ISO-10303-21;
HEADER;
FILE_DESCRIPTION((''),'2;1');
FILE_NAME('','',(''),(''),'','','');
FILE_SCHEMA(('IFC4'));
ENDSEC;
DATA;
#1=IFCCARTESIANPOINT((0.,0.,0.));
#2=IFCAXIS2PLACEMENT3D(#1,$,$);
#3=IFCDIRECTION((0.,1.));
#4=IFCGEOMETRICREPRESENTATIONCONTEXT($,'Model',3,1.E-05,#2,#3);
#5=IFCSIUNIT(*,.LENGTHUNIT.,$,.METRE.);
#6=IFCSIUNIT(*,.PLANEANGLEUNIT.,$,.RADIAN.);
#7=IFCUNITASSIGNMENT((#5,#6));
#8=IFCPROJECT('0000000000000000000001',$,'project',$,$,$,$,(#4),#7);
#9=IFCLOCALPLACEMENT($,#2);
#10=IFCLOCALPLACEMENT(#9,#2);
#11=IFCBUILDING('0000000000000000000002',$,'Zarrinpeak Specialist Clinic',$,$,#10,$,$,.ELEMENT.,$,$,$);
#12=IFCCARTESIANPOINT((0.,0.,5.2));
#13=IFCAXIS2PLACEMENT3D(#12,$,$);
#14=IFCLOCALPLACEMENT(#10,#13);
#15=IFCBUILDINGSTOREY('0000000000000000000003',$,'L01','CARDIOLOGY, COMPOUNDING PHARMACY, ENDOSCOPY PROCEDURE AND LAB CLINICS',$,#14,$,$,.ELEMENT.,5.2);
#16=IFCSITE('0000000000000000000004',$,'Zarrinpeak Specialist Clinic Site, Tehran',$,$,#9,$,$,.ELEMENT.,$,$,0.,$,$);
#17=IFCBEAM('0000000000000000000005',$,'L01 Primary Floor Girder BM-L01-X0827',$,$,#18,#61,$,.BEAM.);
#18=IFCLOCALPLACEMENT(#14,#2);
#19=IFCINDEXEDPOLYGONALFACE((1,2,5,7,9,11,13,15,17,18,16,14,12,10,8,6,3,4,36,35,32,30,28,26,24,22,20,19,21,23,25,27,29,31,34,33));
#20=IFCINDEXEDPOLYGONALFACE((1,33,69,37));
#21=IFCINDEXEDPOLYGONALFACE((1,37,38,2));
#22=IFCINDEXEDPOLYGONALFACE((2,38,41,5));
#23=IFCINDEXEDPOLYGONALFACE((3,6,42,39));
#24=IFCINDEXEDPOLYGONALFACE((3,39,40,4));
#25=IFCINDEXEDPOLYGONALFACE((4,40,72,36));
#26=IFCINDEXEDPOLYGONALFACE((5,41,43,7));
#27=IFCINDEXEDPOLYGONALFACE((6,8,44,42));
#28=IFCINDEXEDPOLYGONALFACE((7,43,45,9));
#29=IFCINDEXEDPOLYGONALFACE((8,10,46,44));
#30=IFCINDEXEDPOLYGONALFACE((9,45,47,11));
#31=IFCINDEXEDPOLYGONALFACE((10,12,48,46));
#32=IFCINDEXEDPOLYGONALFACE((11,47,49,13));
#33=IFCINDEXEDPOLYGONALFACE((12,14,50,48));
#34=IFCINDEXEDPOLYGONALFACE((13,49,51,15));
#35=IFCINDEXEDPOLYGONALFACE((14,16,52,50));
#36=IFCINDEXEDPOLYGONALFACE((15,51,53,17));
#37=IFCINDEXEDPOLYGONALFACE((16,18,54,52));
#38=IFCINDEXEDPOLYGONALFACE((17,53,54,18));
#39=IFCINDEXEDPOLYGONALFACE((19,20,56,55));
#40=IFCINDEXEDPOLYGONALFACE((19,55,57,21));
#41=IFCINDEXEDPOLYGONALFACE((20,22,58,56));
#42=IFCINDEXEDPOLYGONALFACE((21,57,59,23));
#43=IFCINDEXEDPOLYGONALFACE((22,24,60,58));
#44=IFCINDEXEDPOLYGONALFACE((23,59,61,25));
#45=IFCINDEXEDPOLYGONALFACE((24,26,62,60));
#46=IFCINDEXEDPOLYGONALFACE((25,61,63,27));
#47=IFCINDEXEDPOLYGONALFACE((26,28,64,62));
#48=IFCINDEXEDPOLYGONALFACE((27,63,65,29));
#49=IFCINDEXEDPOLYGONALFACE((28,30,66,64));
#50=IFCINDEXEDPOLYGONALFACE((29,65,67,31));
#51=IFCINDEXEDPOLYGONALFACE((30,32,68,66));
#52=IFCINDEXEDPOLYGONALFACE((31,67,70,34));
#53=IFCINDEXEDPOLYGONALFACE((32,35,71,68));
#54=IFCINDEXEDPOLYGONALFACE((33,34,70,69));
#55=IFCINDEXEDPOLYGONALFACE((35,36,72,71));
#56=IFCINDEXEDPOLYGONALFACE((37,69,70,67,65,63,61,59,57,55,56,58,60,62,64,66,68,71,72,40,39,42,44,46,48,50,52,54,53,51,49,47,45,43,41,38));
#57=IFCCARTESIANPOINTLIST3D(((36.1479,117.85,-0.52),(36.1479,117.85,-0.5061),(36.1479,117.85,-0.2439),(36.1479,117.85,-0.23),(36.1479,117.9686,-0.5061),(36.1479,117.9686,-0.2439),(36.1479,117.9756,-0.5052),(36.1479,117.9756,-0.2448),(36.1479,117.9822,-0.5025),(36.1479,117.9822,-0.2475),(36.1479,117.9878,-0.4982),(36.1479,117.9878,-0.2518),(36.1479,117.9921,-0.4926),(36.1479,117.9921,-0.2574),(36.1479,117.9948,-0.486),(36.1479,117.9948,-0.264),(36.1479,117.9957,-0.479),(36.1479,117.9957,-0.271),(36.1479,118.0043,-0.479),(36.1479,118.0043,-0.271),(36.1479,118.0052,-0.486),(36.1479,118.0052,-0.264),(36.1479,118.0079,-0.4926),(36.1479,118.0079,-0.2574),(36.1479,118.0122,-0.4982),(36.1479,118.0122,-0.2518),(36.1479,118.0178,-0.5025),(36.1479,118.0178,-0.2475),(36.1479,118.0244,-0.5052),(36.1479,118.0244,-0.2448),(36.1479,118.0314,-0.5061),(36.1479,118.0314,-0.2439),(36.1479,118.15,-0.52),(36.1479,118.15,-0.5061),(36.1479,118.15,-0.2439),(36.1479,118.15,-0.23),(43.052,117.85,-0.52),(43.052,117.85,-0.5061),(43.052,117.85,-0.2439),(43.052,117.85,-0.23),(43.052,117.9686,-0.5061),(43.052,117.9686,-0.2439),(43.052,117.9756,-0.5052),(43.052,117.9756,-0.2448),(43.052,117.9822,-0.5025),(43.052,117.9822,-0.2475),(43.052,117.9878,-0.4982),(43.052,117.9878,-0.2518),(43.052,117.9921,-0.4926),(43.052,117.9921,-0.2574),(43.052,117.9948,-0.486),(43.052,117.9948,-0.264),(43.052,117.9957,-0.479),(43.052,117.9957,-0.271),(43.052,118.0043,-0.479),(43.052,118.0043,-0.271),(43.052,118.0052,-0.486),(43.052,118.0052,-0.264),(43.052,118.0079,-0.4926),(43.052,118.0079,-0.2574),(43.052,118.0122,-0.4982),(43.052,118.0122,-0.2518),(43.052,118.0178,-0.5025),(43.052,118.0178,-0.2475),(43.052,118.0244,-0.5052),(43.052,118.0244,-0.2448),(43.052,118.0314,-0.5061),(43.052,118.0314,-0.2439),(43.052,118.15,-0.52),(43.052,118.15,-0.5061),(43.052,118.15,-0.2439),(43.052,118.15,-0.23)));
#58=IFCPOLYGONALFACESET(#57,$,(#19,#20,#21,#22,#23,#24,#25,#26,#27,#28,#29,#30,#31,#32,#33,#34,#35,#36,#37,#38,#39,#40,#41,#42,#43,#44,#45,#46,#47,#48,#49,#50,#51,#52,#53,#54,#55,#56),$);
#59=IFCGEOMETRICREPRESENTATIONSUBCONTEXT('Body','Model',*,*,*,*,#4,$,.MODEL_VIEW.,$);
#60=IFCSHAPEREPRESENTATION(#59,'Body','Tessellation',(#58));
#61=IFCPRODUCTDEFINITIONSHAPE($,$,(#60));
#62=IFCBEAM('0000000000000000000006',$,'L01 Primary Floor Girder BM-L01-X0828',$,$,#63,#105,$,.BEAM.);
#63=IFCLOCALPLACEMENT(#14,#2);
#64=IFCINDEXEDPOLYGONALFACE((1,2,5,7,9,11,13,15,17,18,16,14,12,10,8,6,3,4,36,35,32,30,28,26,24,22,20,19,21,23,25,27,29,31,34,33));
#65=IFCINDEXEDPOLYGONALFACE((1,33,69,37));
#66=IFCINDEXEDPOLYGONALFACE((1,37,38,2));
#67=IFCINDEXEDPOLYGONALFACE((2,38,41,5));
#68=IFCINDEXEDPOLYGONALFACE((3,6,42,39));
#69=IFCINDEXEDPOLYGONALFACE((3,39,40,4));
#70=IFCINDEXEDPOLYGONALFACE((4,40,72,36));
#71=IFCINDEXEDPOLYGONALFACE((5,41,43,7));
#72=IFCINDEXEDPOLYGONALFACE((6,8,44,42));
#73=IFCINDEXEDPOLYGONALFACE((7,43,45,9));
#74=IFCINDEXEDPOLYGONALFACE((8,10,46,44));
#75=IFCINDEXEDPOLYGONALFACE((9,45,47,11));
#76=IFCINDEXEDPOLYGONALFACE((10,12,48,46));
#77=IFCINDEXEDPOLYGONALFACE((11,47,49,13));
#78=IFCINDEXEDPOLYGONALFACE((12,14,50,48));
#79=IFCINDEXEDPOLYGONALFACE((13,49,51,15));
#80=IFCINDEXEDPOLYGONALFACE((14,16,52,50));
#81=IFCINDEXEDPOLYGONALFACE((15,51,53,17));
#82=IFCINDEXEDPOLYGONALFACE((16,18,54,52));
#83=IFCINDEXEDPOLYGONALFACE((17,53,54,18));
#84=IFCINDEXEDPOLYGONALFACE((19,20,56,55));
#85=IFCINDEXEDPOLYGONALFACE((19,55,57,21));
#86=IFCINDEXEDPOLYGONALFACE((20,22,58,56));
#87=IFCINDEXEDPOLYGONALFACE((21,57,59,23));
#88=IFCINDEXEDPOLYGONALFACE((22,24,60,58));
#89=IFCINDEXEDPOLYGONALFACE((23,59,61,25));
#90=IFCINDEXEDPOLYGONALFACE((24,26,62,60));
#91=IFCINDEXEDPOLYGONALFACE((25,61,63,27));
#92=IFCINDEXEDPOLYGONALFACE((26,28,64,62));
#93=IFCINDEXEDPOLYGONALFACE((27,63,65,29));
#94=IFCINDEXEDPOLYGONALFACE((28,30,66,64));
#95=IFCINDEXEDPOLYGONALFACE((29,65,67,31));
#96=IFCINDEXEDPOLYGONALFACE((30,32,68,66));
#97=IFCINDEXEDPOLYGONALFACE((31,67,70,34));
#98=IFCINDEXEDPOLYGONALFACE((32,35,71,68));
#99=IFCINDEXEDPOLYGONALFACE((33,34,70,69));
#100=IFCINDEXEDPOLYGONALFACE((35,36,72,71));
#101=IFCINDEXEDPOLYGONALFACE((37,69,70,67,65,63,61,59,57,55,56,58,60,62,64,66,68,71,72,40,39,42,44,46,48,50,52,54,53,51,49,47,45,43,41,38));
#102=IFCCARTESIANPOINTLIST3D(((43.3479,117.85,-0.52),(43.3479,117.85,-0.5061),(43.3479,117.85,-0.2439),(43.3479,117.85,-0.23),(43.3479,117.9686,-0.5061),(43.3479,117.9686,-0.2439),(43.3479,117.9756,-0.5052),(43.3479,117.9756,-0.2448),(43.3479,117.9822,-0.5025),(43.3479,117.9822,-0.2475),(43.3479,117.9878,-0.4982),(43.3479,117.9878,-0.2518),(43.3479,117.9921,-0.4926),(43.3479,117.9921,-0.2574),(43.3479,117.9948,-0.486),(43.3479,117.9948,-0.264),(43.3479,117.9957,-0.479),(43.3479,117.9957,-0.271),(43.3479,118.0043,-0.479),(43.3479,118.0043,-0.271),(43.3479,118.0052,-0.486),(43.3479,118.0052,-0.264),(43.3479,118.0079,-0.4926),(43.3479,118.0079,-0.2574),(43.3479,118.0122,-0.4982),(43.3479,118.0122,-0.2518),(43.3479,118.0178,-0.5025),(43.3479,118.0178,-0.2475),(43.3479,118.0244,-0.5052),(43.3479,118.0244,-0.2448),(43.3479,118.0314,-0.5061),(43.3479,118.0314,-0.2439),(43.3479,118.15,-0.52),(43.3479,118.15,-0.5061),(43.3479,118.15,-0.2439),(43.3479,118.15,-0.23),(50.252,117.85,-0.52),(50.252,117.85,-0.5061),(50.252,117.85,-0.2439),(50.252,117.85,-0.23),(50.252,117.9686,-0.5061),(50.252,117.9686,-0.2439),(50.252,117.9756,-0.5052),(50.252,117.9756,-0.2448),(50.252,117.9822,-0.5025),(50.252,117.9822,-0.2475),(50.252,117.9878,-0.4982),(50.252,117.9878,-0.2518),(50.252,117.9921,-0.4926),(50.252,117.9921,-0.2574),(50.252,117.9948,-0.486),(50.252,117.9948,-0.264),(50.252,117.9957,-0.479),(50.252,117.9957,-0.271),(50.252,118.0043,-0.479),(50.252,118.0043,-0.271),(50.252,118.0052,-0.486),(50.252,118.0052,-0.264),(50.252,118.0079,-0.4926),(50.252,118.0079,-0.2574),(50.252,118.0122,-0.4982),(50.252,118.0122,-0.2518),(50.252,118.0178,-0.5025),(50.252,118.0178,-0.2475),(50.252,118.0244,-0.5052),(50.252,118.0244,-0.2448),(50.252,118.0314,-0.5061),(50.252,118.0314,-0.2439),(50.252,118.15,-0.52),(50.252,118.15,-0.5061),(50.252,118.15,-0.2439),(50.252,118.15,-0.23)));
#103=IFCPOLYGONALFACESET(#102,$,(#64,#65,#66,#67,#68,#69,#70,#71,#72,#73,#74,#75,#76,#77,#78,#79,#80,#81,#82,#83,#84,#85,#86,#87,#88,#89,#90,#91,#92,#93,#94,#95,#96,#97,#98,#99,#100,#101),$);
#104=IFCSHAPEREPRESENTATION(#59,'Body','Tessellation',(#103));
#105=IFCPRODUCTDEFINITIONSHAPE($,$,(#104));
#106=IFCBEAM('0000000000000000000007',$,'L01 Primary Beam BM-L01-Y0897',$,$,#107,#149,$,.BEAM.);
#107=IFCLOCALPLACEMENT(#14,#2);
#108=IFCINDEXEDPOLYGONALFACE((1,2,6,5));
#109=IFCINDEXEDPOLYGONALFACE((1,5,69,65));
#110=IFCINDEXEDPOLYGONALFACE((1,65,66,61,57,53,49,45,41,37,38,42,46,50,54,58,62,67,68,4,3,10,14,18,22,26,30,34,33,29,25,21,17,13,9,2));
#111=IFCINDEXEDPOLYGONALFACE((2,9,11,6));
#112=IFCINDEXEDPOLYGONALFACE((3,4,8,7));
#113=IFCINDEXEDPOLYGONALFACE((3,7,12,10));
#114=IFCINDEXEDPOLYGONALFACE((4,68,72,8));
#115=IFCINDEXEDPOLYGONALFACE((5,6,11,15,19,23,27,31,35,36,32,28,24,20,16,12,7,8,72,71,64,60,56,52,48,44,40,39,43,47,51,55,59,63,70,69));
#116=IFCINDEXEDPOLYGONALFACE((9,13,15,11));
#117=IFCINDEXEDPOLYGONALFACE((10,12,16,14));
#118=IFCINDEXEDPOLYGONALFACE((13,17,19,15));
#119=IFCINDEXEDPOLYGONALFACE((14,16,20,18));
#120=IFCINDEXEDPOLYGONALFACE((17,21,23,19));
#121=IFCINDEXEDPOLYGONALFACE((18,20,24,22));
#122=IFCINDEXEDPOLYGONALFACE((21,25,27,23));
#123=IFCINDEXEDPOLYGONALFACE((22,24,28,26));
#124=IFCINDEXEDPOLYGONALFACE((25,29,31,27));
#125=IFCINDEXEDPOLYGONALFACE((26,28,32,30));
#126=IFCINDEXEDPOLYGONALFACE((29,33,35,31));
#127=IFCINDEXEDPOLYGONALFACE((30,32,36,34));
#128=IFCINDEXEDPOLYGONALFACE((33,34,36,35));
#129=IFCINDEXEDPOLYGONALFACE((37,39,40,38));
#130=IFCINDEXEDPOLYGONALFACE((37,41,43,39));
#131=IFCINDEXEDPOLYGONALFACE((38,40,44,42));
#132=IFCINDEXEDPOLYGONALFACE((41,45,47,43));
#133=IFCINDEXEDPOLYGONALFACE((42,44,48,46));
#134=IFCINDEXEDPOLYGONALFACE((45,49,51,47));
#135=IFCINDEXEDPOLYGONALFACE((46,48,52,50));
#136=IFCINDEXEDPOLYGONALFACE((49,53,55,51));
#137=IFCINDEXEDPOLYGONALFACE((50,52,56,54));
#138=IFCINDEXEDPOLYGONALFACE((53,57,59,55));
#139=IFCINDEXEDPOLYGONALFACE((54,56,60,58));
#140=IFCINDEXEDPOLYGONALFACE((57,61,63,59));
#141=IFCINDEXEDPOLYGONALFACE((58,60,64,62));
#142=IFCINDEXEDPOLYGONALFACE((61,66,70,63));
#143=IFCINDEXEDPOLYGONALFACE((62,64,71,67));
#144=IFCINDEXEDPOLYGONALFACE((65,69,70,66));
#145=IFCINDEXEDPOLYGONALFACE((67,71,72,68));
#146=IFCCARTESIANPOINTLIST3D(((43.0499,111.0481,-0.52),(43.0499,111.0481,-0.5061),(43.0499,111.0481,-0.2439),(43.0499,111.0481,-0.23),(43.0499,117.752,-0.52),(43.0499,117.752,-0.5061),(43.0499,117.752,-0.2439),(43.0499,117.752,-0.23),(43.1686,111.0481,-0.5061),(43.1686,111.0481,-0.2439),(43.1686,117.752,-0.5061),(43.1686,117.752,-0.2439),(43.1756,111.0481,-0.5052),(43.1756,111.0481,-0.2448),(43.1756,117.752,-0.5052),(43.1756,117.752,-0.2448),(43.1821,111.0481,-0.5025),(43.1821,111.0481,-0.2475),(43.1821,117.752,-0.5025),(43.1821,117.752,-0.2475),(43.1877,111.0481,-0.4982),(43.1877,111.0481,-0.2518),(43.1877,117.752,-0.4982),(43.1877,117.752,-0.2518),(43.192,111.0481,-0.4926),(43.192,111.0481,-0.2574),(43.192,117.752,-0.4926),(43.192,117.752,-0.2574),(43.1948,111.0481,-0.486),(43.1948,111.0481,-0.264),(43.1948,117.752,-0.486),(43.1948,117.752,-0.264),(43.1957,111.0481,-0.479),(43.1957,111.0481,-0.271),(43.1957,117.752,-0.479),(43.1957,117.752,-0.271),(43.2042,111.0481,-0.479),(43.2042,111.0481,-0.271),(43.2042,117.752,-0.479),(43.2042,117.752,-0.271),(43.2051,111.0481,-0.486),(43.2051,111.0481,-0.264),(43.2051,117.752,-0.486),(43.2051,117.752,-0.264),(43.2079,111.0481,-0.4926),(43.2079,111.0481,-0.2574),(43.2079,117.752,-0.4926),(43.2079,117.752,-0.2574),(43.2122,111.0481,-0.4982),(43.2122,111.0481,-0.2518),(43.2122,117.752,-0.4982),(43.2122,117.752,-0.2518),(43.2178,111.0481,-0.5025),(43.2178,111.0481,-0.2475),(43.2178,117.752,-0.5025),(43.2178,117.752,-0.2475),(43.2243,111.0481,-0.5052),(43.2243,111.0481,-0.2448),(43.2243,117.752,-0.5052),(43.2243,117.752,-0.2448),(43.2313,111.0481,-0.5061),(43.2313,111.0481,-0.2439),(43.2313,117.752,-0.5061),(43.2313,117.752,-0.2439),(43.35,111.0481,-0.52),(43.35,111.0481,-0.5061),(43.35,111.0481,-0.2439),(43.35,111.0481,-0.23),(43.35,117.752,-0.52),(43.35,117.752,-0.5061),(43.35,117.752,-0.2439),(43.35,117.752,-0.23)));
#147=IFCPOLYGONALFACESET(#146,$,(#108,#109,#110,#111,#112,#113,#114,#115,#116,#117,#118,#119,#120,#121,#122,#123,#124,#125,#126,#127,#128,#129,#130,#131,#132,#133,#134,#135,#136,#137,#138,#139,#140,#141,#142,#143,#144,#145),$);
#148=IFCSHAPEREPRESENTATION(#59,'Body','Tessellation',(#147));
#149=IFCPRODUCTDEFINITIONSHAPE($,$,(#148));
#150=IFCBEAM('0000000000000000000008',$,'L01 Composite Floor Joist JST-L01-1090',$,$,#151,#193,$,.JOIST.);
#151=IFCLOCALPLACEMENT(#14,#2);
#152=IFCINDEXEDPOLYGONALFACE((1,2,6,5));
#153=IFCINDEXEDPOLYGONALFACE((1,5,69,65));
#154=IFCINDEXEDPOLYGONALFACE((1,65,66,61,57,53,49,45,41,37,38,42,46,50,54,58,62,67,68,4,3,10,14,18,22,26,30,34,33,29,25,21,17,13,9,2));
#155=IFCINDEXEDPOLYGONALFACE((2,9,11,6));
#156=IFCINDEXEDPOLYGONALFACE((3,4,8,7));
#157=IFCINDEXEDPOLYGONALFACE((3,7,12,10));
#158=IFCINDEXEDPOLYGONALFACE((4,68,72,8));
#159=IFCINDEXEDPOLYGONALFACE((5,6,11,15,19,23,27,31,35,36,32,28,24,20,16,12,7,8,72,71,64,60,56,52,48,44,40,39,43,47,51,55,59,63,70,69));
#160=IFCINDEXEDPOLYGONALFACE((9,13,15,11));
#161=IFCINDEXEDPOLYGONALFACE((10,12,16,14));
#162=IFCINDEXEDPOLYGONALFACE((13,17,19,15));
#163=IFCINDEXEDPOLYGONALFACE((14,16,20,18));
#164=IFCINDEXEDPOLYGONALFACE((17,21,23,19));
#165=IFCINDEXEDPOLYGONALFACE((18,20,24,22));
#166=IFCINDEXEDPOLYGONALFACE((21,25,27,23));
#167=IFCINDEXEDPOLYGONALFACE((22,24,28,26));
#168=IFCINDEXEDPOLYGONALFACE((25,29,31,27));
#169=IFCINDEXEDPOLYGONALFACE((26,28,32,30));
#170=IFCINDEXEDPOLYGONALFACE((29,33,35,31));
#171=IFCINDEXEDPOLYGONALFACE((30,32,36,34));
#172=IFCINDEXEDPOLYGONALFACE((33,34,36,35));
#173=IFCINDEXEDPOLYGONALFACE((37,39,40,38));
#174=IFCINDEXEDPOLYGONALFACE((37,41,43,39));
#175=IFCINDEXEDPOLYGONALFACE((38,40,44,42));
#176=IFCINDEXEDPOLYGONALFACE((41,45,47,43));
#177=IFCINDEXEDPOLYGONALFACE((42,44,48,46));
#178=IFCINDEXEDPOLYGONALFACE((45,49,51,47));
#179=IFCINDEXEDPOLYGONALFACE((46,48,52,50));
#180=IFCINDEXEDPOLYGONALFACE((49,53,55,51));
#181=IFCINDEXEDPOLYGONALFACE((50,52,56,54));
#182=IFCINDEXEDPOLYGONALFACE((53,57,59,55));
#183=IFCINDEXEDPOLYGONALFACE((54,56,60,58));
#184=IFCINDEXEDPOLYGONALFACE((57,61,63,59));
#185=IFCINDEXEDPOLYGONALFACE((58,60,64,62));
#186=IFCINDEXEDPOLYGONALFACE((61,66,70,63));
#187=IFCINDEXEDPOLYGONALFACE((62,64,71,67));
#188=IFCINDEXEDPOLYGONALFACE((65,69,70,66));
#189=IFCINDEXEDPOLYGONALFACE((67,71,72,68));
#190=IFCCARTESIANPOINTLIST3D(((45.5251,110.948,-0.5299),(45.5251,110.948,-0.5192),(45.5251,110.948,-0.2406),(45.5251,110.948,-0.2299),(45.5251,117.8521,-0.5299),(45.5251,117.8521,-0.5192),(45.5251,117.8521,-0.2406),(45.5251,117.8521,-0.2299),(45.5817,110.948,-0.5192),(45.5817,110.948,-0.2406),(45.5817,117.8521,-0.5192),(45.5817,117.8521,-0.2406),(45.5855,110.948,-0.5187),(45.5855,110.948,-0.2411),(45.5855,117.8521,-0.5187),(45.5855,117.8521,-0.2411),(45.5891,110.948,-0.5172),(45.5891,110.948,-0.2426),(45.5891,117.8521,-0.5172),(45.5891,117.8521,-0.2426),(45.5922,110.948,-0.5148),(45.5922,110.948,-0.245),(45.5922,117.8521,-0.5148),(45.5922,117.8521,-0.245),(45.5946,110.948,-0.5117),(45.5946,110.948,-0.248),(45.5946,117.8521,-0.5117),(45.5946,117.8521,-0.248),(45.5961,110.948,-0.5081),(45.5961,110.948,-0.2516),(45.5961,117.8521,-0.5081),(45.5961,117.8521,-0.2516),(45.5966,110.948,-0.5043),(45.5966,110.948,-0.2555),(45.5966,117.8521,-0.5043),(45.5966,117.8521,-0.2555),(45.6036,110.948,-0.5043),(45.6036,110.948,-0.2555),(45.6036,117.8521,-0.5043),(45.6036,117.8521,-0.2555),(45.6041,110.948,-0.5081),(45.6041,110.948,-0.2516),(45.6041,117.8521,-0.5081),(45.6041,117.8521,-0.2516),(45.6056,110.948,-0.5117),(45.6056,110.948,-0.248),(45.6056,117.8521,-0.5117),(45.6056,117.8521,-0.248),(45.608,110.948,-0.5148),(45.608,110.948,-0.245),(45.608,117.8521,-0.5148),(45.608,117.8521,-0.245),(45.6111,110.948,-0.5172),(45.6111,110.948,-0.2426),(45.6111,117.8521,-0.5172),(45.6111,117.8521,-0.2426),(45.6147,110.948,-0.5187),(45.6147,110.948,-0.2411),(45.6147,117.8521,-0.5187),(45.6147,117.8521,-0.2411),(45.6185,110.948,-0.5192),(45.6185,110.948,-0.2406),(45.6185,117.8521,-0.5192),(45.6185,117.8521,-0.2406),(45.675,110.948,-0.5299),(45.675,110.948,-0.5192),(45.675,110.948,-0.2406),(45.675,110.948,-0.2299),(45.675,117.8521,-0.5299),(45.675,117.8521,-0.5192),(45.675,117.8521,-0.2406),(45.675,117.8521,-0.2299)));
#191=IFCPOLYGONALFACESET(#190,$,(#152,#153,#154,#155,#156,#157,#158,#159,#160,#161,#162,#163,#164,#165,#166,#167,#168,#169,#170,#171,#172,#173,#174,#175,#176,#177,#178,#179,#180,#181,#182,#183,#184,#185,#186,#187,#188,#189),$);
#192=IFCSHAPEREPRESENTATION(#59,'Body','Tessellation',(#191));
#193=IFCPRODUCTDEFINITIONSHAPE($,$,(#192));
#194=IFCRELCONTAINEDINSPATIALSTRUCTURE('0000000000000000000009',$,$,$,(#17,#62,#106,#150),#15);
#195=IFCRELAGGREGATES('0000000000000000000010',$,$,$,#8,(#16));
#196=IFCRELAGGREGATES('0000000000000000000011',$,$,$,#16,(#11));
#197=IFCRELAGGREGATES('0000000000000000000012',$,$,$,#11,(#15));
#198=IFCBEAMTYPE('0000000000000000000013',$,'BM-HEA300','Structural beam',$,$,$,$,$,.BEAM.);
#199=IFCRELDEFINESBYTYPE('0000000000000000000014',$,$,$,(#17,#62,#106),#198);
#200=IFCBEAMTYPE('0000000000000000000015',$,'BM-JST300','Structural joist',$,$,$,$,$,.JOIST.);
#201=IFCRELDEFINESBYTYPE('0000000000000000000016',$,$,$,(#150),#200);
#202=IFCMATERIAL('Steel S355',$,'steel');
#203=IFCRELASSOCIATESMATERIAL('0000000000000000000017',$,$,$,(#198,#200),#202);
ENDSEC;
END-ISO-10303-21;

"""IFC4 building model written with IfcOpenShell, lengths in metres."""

from ifc_helpers import new_model, si_unit, direction, frame, origin, origin_2d, place, context, subcontext, project, spatial, i_section, extrude, material, material_profile, profile_set, type_object, element, save


model = new_model("IFC4")

# Units and contexts
model_context = context("Model", 3, precision=1e-05, world=origin(), true_north=direction((0.0, 1.0)))
body_context = subcontext(model_context, "Body", "Model", "MODEL_VIEW")
ifc_project = project(units=[si_unit("LENGTHUNIT", "METRE"), si_unit("PLANEANGLEUNIT", "RADIAN")], contexts=[model_context])

# Site, building, storey
site_placement = place(None, origin())
site = spatial("IfcSite", under=ifc_project, at=site_placement, Name="Zarrinpeak Specialist Clinic Site, Tehran", CompositionType="ELEMENT", RefElevation=0.0)
building_placement = place(site_placement, origin())
building = spatial("IfcBuilding", under=site, at=building_placement, Name="Zarrinpeak Specialist Clinic", CompositionType="ELEMENT")
storey_placement = place(building_placement, frame((0.0, 0.0, 5.2)))
storey = spatial("IfcBuildingStorey", under=building, at=storey_placement, Name="L01", Description="CARDIOLOGY, COMPOUNDING PHARMACY, ENDOSCOPY PROCEDURE AND LAB CLINICS", CompositionType="ELEMENT", Elevation=5.2)

# Shared definitions
ifc_material_1 = material(Name="Steel S355", Category="steel")

# Beams
ifc_material_profile_1 = material_profile(ifc_material_1, i_section(OverallWidth=0.3, OverallDepth=0.29, WebThickness=0.0085, FlangeThickness=0.0139, FilletRadius=0.0271, at=origin_2d()), Name="HEA 300")
ifc_profile_set_1 = profile_set([ifc_material_profile_1], Name="Steel S355")
beam_type_1 = type_object("IfcBeamType", Name="BM-HEA300", Description="Structural beam", PredefinedType="BEAM", material=ifc_profile_set_1)
for number, where, z_axis, x_axis, name in (
    (1, (36.1479, 118.0, -0.375), (1.0, 0.0, 0.0), (0.0, 1.0, 0.0), "L01 Primary Floor Girder BM-L01-X0827"),
    (2, (43.3479, 118.0, -0.375), (1.0, 0.0, 0.0), (0.0, 1.0, 0.0), "L01 Primary Floor Girder BM-L01-X0828"),
):
    element("IfcBeam", number, at=place(storey_placement, frame(where, z_axis=z_axis, x_axis=x_axis)), inside=storey, type_object=beam_type_1, Name=name, PredefinedType="BEAM", context=body_context, shape_type="SweptSolid", body=[
        extrude(i_section(OverallWidth=0.3, OverallDepth=0.29, WebThickness=0.0085, FlangeThickness=0.0139, FilletRadius=0.0271, at=origin_2d()), origin(), (0.0, 0.0, 1.0), 6.9041),
    ])
beam_1_placement = place(storey_placement, frame((43.2, 111.0481, -0.375), z_axis=(0.0, 1.0, 0.0), x_axis=(-1.0, 0.0, 0.0)))
element("IfcBeam", 3, at=beam_1_placement, inside=storey, type_object=beam_type_1, Name="L01 Primary Beam BM-L01-Y0897", PredefinedType="BEAM", context=body_context, shape_type="SweptSolid", body=[
    extrude(i_section(OverallWidth=0.3, OverallDepth=0.29, WebThickness=0.0085, FlangeThickness=0.0139, FilletRadius=0.0271, at=origin_2d()), origin(), (0.0, 0.0, 1.0), 6.7039),
])
ifc_material_profile_2 = material_profile(ifc_material_1, i_section(OverallWidth=0.1499, OverallDepth=0.3, WebThickness=0.0071, FlangeThickness=0.0107, FilletRadius=0.0149, at=origin_2d()), Name="IPE 300")
ifc_profile_set_2 = profile_set([ifc_material_profile_2], Name="Steel S355")
beam_type_2 = type_object("IfcBeamType", Name="BM-JST300", Description="Structural joist", PredefinedType="JOIST", material=ifc_profile_set_2)
beam_2_placement = place(storey_placement, frame((45.6001, 110.948, -0.3799), z_axis=(0.0, 1.0, 0.0), x_axis=(-1.0, 0.0, 0.0)))
element("IfcBeam", 4, at=beam_2_placement, inside=storey, type_object=beam_type_2, Name="L01 Composite Floor Joist JST-L01-1090", PredefinedType="JOIST", context=body_context, shape_type="SweptSolid", body=[
    extrude(i_section(OverallWidth=0.1499, OverallDepth=0.3, WebThickness=0.0071, FlangeThickness=0.0107, FilletRadius=0.0149, at=origin_2d()), origin(), (0.0, 0.0, 1.0), 6.9041),
])

save(model, "model.ifc")
